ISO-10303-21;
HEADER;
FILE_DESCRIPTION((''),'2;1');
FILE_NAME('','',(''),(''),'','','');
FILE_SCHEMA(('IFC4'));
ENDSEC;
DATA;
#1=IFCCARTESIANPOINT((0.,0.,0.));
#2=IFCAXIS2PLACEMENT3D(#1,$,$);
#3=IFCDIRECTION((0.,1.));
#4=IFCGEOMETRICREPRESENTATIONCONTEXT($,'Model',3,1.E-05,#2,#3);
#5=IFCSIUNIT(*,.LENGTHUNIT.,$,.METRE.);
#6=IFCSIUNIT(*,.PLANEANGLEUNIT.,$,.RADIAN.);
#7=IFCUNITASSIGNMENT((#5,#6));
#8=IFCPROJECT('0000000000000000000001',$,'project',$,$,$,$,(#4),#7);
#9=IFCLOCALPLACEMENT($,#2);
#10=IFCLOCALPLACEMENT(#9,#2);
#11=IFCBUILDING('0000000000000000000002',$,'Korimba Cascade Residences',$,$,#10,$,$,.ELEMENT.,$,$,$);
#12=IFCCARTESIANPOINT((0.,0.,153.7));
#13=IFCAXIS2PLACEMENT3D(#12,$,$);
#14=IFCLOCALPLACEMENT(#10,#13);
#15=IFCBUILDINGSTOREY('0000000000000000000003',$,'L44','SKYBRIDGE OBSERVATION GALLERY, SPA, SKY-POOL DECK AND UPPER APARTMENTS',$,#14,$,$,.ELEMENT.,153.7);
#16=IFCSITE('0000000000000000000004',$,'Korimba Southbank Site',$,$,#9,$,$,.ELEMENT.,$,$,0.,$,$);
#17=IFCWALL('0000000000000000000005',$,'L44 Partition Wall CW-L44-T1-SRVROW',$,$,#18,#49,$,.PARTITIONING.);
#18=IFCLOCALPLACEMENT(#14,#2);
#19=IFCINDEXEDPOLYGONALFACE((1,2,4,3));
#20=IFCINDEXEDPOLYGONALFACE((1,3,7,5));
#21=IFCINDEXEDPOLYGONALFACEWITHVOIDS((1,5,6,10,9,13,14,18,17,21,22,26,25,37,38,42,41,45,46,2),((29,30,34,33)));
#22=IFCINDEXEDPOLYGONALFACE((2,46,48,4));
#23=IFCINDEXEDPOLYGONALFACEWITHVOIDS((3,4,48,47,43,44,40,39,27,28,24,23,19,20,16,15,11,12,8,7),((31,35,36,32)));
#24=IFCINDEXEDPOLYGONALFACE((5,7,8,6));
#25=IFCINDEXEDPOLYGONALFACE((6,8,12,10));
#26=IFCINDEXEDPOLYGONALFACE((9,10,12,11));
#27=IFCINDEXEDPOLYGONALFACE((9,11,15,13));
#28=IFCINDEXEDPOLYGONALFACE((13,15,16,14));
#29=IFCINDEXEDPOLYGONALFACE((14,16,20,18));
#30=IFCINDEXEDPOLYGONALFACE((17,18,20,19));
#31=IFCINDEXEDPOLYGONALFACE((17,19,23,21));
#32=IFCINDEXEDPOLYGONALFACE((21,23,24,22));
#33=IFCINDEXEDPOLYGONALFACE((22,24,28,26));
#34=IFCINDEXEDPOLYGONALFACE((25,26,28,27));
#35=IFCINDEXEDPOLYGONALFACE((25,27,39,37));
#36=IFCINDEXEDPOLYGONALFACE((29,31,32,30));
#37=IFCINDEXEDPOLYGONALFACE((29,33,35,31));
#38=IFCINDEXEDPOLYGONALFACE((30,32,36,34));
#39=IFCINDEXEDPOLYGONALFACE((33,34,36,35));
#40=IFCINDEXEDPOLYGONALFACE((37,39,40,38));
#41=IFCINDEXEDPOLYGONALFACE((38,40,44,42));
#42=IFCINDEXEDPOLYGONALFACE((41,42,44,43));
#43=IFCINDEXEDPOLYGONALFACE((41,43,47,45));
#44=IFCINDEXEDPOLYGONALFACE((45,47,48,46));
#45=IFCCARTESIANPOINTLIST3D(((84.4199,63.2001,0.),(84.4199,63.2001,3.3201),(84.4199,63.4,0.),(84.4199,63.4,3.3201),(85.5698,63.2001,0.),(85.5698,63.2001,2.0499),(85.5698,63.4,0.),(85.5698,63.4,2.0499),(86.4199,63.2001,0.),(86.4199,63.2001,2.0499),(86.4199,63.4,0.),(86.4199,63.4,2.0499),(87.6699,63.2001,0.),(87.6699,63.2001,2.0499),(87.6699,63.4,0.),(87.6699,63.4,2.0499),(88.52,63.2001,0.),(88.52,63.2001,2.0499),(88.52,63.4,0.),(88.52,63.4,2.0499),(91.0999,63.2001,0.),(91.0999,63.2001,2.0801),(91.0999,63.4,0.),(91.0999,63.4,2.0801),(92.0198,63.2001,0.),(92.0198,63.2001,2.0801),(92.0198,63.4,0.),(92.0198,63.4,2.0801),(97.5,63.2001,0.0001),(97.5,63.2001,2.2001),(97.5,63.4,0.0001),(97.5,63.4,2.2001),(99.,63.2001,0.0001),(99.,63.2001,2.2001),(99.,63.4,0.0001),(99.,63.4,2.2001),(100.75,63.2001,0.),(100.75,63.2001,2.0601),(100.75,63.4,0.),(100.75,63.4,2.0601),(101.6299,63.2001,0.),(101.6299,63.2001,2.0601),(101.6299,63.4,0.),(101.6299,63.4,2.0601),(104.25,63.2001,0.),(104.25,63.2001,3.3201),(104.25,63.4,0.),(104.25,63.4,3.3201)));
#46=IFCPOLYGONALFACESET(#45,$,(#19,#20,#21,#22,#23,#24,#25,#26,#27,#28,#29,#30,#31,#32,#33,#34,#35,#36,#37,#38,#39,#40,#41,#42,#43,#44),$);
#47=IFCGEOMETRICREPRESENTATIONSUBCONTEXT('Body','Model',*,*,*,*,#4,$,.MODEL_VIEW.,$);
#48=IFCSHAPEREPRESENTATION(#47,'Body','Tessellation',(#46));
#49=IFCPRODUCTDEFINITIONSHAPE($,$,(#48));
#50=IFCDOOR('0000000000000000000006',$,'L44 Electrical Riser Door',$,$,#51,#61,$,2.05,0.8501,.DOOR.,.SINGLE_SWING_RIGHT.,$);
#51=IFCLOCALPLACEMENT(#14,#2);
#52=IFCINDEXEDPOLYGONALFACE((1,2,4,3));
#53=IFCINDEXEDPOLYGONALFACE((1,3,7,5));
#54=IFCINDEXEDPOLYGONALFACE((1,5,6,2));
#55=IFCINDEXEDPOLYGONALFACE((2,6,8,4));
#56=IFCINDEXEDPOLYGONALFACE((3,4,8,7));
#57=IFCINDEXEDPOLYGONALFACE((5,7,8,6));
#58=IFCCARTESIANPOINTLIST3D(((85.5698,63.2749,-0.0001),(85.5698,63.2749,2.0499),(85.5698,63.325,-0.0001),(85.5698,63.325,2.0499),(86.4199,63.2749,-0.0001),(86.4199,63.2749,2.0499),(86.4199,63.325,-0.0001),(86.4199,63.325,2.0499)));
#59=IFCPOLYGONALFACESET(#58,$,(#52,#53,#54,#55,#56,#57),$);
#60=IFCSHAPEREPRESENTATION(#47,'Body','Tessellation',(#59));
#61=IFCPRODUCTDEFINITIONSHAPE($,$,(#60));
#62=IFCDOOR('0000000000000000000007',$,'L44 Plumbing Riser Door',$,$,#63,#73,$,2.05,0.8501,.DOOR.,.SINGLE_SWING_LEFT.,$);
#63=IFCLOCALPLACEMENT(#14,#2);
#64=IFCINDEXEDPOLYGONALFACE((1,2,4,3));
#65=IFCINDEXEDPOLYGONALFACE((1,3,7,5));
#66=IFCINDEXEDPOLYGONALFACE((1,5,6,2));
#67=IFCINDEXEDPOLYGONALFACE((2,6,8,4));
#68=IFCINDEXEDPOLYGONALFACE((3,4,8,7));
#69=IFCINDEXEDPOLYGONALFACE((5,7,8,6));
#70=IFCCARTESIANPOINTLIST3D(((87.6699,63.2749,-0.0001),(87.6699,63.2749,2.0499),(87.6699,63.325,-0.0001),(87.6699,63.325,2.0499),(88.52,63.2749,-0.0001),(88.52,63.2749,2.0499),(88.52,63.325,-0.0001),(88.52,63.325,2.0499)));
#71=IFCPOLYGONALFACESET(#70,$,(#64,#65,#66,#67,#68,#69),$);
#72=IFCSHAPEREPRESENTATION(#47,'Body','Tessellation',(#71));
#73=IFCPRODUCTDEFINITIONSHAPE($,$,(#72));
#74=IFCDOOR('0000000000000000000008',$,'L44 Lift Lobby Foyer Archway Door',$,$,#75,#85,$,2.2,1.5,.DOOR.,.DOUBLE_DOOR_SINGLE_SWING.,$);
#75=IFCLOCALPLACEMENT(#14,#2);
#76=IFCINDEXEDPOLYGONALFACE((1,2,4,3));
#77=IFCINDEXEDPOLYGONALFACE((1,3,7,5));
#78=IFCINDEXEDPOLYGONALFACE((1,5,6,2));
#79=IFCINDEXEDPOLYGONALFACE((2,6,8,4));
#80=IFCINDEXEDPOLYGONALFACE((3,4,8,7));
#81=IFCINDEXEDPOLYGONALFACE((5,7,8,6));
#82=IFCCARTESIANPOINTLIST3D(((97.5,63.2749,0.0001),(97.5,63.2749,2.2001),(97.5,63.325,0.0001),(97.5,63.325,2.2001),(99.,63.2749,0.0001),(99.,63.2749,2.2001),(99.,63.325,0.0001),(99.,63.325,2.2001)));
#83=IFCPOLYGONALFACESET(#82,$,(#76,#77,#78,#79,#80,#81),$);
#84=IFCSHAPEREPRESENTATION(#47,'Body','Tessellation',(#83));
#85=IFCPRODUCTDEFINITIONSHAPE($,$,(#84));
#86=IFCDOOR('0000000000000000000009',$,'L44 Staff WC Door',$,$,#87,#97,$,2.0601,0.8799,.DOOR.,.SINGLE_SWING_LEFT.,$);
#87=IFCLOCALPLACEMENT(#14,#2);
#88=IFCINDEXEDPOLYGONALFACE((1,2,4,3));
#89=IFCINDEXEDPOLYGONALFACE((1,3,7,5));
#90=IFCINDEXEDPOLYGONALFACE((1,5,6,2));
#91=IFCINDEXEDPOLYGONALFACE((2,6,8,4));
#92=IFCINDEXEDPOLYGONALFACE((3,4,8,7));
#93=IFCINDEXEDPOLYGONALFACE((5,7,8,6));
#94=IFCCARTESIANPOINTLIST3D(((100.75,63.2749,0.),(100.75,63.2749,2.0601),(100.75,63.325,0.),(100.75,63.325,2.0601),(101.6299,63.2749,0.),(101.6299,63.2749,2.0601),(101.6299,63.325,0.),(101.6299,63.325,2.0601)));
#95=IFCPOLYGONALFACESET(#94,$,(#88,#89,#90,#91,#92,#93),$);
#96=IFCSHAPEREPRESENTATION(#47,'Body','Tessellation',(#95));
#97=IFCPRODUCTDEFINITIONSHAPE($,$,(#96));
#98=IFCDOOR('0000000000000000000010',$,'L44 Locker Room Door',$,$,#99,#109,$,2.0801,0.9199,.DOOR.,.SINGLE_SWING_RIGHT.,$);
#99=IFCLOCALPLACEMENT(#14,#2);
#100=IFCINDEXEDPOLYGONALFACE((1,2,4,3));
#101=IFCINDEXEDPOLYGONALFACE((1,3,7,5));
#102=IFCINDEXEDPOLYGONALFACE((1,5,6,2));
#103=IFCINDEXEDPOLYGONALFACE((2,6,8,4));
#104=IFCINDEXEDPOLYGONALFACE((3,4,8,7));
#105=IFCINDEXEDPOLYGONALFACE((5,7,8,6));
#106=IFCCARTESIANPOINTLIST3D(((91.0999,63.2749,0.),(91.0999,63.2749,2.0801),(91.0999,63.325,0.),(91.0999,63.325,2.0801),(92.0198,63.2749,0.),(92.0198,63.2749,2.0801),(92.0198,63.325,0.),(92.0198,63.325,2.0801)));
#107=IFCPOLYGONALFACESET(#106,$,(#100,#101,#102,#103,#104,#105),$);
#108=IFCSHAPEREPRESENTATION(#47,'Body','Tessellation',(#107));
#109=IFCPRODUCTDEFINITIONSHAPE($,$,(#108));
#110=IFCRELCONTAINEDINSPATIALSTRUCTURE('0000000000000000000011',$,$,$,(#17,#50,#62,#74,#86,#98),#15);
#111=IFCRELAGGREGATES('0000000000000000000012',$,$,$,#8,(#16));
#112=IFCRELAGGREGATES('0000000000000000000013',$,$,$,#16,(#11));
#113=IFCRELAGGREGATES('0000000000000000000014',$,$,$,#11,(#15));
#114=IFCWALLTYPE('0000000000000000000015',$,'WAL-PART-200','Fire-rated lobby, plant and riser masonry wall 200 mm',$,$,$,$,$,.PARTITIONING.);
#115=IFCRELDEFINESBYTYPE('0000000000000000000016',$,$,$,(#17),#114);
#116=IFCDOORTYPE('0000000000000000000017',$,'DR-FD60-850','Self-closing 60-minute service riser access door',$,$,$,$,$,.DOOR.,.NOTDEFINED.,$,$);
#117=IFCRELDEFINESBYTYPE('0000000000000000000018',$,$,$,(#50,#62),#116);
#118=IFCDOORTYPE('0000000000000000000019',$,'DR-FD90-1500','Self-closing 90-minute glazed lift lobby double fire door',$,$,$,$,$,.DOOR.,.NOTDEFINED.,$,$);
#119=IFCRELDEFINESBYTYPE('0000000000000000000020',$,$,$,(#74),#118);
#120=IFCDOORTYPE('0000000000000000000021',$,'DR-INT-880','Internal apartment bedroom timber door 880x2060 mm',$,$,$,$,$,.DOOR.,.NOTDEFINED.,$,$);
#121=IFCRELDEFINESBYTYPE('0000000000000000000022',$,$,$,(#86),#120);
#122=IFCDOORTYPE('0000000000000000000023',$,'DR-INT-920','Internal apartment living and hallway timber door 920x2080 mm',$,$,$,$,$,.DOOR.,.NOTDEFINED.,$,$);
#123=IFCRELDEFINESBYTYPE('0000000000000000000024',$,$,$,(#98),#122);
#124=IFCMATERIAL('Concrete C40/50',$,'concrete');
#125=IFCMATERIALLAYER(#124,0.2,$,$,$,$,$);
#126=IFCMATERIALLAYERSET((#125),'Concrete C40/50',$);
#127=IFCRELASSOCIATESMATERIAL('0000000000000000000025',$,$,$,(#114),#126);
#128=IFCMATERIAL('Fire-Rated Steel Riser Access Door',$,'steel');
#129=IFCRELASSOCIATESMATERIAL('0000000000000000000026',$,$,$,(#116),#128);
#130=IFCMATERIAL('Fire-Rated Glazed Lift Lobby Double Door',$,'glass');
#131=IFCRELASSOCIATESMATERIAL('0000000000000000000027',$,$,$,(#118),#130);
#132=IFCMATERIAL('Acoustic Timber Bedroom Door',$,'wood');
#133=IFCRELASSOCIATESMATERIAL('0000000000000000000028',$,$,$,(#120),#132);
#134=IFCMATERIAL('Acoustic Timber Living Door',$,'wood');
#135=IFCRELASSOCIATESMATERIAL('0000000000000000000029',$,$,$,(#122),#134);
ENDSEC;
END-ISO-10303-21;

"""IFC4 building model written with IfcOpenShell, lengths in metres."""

from ifc_helpers import new_model, si_unit, direction, frame, frame_2d, origin, place, context, subcontext, project, spatial, rectangle, extrude, material, layer, layer_set, type_object, element, fill, save


model = new_model("IFC4")

# Units and contexts
model_context = context("Model", 3, precision=1e-05, world=origin(), true_north=direction((0.0, 1.0)))
body_context = subcontext(model_context, "Body", "Model", "MODEL_VIEW")
ifc_project = project(units=[si_unit("LENGTHUNIT", "METRE"), si_unit("PLANEANGLEUNIT", "RADIAN")], contexts=[model_context])

# Site, building, storey
site_placement = place(None, origin())
site = spatial("IfcSite", under=ifc_project, at=site_placement, Name="Korimba Southbank Site", CompositionType="ELEMENT", RefElevation=0.0)
building_placement = place(site_placement, origin())
building = spatial("IfcBuilding", under=site, at=building_placement, Name="Korimba Cascade Residences", CompositionType="ELEMENT")
storey_placement = place(building_placement, frame((0.0, 0.0, 153.7)))
storey = spatial("IfcBuildingStorey", under=building, at=storey_placement, Name="L44", Description="SKYBRIDGE OBSERVATION GALLERY, SPA, SKY-POOL DECK AND UPPER APARTMENTS", CompositionType="ELEMENT", Elevation=153.7)

# Shared definitions
ifc_material_1 = material(Name="Concrete C40/50", Category="concrete")
ifc_layer_1 = layer(ifc_material_1, 0.2)
ifc_layer_set_1 = layer_set([ifc_layer_1], Name="Concrete C40/50")
wall_type_1 = type_object("IfcWallType", Name="WAL-PART-200", Description="Fire-rated lobby, plant and riser masonry wall 200 mm", PredefinedType="PARTITIONING", material=ifc_layer_set_1)

# Wall, openings, doors
wall_1_placement = place(storey_placement, frame((84.4199, 63.3, 0.0), z_axis=(0.0, 0.0, 1.0), x_axis=(1.0, 0.0, 0.0)))
wall_1 = element("IfcWall", 1, at=wall_1_placement, inside=storey, type_object=wall_type_1, Name="L44 Partition Wall CW-L44-T1-SRVROW", PredefinedType="PARTITIONING", context=body_context, shape_type="SweptSolid", body=[
    extrude(rectangle(XDim=19.8301, YDim=0.2, at=frame_2d((9.915, 0.0))), origin(), (0.0, 0.0, 1.0), 3.3201),
])
opening_1_placement = place(wall_1_placement, frame((1.1499, 0.0, 0.0)))
opening_1 = element("IfcOpeningElement", 2, at=opening_1_placement, cuts=wall_1, PredefinedType="OPENING", context=body_context, shape_type="SweptSolid", body=[
    extrude(rectangle(XDim=0.8501, YDim=2.05, at=frame_2d((0.425, 1.0249))), frame((0.0, 0.1099, 0.0), z_axis=(0.0, -1.0, 0.0), x_axis=(1.0, 0.0, 0.0)), (0.0, 0.0, 1.0), 0.22),
])
opening_2_placement = place(wall_1_placement, frame((3.25, 0.0, 0.0)))
opening_2 = element("IfcOpeningElement", 3, at=opening_2_placement, cuts=wall_1, PredefinedType="OPENING", context=body_context, shape_type="SweptSolid", body=[
    extrude(rectangle(XDim=0.8501, YDim=2.05, at=frame_2d((0.425, 1.0249))), frame((0.0, 0.1099, 0.0), z_axis=(0.0, -1.0, 0.0), x_axis=(1.0, 0.0, 0.0)), (0.0, 0.0, 1.0), 0.22),
])
opening_3_placement = place(wall_1_placement, frame((13.0801, 0.0, 0.0)))
opening_3 = element("IfcOpeningElement", 4, at=opening_3_placement, cuts=wall_1, PredefinedType="OPENING", context=body_context, shape_type="SweptSolid", body=[
    extrude(rectangle(XDim=1.5, YDim=2.2, at=frame_2d((0.75, 1.1001))), frame((0.0, 0.1099, 0.0), z_axis=(0.0, -1.0, 0.0), x_axis=(1.0, 0.0, 0.0)), (0.0, 0.0, 1.0), 0.22),
])
opening_4_placement = place(wall_1_placement, frame((6.6799, 0.0, 0.0)))
opening_4 = element("IfcOpeningElement", 5, at=opening_4_placement, cuts=wall_1, PredefinedType="OPENING", context=body_context, shape_type="SweptSolid", body=[
    extrude(rectangle(XDim=0.9199, YDim=2.0801, at=frame_2d((0.46, 1.04))), frame((0.0, 0.1099, 0.0), z_axis=(0.0, -1.0, 0.0), x_axis=(1.0, 0.0, 0.0)), (0.0, 0.0, 1.0), 0.22),
])
opening_5_placement = place(wall_1_placement, frame((16.3301, 0.0, 0.0)))
opening_5 = element("IfcOpeningElement", 6, at=opening_5_placement, cuts=wall_1, PredefinedType="OPENING", context=body_context, shape_type="SweptSolid", body=[
    extrude(rectangle(XDim=0.8799, YDim=2.0601, at=frame_2d((0.4399, 1.03))), frame((0.0, 0.1099, 0.0), z_axis=(0.0, -1.0, 0.0), x_axis=(1.0, 0.0, 0.0)), (0.0, 0.0, 1.0), 0.22),
])
ifc_material_2 = material(Name="Fire-Rated Steel Riser Access Door", Category="steel")
door_type_1 = type_object("IfcDoorType", Name="DR-FD60-850", Description="Self-closing 60-minute service riser access door", OperationType="NOTDEFINED", PredefinedType="DOOR", material=ifc_material_2)
door_1_placement = place(opening_1_placement, origin())
door_1 = element("IfcDoor", 7, at=door_1_placement, inside=storey, type_object=door_type_1, Name="L44 Electrical Riser Door", OperationType="SINGLE_SWING_RIGHT", OverallHeight=2.05, OverallWidth=0.8501, PredefinedType="DOOR", context=body_context, shape_type="SweptSolid", body=[
    extrude(rectangle(XDim=0.8501, YDim=2.05, at=frame_2d((0.425, 1.0249))), frame((0.0, 0.0249, 0.0), z_axis=(0.0, -1.0, 0.0), x_axis=(1.0, 0.0, 0.0)), (0.0, 0.0, 1.0), 0.05),
])
fill(opening_1, door_1)
door_2_placement = place(opening_2_placement, origin())
door_2 = element("IfcDoor", 8, at=door_2_placement, inside=storey, type_object=door_type_1, Name="L44 Plumbing Riser Door", OperationType="SINGLE_SWING_LEFT", OverallHeight=2.05, OverallWidth=0.8501, PredefinedType="DOOR", context=body_context, shape_type="SweptSolid", body=[
    extrude(rectangle(XDim=0.8501, YDim=2.05, at=frame_2d((0.425, 1.0249))), frame((0.0, 0.0249, 0.0), z_axis=(0.0, -1.0, 0.0), x_axis=(1.0, 0.0, 0.0)), (0.0, 0.0, 1.0), 0.05),
])
fill(opening_2, door_2)
ifc_material_3 = material(Name="Fire-Rated Glazed Lift Lobby Double Door", Category="glass")
door_type_2 = type_object("IfcDoorType", Name="DR-FD90-1500", Description="Self-closing 90-minute glazed lift lobby double fire door", OperationType="NOTDEFINED", PredefinedType="DOOR", material=ifc_material_3)
door_3_placement = place(opening_3_placement, origin())
door_3 = element("IfcDoor", 9, at=door_3_placement, inside=storey, type_object=door_type_2, Name="L44 Lift Lobby Foyer Archway Door", OperationType="DOUBLE_DOOR_SINGLE_SWING", OverallHeight=2.2, OverallWidth=1.5, PredefinedType="DOOR", context=body_context, shape_type="SweptSolid", body=[
    extrude(rectangle(XDim=1.5, YDim=2.2, at=frame_2d((0.75, 1.1001))), frame((0.0, 0.0249, 0.0), z_axis=(0.0, -1.0, 0.0), x_axis=(1.0, 0.0, 0.0)), (0.0, 0.0, 1.0), 0.05),
])
fill(opening_3, door_3)
ifc_material_4 = material(Name="Acoustic Timber Bedroom Door", Category="wood")
door_type_3 = type_object("IfcDoorType", Name="DR-INT-880", Description="Internal apartment bedroom timber door 880x2060 mm", OperationType="NOTDEFINED", PredefinedType="DOOR", material=ifc_material_4)
door_4_placement = place(opening_5_placement, origin())
door_4 = element("IfcDoor", 10, at=door_4_placement, inside=storey, type_object=door_type_3, Name="L44 Staff WC Door", OperationType="SINGLE_SWING_LEFT", OverallHeight=2.0601, OverallWidth=0.8799, PredefinedType="DOOR", context=body_context, shape_type="SweptSolid", body=[
    extrude(rectangle(XDim=0.8799, YDim=2.0601, at=frame_2d((0.4399, 1.03))), frame((0.0, 0.0249, 0.0), z_axis=(0.0, -1.0, 0.0), x_axis=(1.0, 0.0, 0.0)), (0.0, 0.0, 1.0), 0.05),
])
fill(opening_5, door_4)
ifc_material_5 = material(Name="Acoustic Timber Living Door", Category="wood")
door_type_4 = type_object("IfcDoorType", Name="DR-INT-920", Description="Internal apartment living and hallway timber door 920x2080 mm", OperationType="NOTDEFINED", PredefinedType="DOOR", material=ifc_material_5)
door_5_placement = place(opening_4_placement, origin())
door_5 = element("IfcDoor", 11, at=door_5_placement, inside=storey, type_object=door_type_4, Name="L44 Locker Room Door", OperationType="SINGLE_SWING_RIGHT", OverallHeight=2.0801, OverallWidth=0.9199, PredefinedType="DOOR", context=body_context, shape_type="SweptSolid", body=[
    extrude(rectangle(XDim=0.9199, YDim=2.0801, at=frame_2d((0.46, 1.04))), frame((0.0, 0.0249, 0.0), z_axis=(0.0, -1.0, 0.0), x_axis=(1.0, 0.0, 0.0)), (0.0, 0.0, 1.0), 0.05),
])
fill(opening_4, door_5)

save(model, "model.ifc")
